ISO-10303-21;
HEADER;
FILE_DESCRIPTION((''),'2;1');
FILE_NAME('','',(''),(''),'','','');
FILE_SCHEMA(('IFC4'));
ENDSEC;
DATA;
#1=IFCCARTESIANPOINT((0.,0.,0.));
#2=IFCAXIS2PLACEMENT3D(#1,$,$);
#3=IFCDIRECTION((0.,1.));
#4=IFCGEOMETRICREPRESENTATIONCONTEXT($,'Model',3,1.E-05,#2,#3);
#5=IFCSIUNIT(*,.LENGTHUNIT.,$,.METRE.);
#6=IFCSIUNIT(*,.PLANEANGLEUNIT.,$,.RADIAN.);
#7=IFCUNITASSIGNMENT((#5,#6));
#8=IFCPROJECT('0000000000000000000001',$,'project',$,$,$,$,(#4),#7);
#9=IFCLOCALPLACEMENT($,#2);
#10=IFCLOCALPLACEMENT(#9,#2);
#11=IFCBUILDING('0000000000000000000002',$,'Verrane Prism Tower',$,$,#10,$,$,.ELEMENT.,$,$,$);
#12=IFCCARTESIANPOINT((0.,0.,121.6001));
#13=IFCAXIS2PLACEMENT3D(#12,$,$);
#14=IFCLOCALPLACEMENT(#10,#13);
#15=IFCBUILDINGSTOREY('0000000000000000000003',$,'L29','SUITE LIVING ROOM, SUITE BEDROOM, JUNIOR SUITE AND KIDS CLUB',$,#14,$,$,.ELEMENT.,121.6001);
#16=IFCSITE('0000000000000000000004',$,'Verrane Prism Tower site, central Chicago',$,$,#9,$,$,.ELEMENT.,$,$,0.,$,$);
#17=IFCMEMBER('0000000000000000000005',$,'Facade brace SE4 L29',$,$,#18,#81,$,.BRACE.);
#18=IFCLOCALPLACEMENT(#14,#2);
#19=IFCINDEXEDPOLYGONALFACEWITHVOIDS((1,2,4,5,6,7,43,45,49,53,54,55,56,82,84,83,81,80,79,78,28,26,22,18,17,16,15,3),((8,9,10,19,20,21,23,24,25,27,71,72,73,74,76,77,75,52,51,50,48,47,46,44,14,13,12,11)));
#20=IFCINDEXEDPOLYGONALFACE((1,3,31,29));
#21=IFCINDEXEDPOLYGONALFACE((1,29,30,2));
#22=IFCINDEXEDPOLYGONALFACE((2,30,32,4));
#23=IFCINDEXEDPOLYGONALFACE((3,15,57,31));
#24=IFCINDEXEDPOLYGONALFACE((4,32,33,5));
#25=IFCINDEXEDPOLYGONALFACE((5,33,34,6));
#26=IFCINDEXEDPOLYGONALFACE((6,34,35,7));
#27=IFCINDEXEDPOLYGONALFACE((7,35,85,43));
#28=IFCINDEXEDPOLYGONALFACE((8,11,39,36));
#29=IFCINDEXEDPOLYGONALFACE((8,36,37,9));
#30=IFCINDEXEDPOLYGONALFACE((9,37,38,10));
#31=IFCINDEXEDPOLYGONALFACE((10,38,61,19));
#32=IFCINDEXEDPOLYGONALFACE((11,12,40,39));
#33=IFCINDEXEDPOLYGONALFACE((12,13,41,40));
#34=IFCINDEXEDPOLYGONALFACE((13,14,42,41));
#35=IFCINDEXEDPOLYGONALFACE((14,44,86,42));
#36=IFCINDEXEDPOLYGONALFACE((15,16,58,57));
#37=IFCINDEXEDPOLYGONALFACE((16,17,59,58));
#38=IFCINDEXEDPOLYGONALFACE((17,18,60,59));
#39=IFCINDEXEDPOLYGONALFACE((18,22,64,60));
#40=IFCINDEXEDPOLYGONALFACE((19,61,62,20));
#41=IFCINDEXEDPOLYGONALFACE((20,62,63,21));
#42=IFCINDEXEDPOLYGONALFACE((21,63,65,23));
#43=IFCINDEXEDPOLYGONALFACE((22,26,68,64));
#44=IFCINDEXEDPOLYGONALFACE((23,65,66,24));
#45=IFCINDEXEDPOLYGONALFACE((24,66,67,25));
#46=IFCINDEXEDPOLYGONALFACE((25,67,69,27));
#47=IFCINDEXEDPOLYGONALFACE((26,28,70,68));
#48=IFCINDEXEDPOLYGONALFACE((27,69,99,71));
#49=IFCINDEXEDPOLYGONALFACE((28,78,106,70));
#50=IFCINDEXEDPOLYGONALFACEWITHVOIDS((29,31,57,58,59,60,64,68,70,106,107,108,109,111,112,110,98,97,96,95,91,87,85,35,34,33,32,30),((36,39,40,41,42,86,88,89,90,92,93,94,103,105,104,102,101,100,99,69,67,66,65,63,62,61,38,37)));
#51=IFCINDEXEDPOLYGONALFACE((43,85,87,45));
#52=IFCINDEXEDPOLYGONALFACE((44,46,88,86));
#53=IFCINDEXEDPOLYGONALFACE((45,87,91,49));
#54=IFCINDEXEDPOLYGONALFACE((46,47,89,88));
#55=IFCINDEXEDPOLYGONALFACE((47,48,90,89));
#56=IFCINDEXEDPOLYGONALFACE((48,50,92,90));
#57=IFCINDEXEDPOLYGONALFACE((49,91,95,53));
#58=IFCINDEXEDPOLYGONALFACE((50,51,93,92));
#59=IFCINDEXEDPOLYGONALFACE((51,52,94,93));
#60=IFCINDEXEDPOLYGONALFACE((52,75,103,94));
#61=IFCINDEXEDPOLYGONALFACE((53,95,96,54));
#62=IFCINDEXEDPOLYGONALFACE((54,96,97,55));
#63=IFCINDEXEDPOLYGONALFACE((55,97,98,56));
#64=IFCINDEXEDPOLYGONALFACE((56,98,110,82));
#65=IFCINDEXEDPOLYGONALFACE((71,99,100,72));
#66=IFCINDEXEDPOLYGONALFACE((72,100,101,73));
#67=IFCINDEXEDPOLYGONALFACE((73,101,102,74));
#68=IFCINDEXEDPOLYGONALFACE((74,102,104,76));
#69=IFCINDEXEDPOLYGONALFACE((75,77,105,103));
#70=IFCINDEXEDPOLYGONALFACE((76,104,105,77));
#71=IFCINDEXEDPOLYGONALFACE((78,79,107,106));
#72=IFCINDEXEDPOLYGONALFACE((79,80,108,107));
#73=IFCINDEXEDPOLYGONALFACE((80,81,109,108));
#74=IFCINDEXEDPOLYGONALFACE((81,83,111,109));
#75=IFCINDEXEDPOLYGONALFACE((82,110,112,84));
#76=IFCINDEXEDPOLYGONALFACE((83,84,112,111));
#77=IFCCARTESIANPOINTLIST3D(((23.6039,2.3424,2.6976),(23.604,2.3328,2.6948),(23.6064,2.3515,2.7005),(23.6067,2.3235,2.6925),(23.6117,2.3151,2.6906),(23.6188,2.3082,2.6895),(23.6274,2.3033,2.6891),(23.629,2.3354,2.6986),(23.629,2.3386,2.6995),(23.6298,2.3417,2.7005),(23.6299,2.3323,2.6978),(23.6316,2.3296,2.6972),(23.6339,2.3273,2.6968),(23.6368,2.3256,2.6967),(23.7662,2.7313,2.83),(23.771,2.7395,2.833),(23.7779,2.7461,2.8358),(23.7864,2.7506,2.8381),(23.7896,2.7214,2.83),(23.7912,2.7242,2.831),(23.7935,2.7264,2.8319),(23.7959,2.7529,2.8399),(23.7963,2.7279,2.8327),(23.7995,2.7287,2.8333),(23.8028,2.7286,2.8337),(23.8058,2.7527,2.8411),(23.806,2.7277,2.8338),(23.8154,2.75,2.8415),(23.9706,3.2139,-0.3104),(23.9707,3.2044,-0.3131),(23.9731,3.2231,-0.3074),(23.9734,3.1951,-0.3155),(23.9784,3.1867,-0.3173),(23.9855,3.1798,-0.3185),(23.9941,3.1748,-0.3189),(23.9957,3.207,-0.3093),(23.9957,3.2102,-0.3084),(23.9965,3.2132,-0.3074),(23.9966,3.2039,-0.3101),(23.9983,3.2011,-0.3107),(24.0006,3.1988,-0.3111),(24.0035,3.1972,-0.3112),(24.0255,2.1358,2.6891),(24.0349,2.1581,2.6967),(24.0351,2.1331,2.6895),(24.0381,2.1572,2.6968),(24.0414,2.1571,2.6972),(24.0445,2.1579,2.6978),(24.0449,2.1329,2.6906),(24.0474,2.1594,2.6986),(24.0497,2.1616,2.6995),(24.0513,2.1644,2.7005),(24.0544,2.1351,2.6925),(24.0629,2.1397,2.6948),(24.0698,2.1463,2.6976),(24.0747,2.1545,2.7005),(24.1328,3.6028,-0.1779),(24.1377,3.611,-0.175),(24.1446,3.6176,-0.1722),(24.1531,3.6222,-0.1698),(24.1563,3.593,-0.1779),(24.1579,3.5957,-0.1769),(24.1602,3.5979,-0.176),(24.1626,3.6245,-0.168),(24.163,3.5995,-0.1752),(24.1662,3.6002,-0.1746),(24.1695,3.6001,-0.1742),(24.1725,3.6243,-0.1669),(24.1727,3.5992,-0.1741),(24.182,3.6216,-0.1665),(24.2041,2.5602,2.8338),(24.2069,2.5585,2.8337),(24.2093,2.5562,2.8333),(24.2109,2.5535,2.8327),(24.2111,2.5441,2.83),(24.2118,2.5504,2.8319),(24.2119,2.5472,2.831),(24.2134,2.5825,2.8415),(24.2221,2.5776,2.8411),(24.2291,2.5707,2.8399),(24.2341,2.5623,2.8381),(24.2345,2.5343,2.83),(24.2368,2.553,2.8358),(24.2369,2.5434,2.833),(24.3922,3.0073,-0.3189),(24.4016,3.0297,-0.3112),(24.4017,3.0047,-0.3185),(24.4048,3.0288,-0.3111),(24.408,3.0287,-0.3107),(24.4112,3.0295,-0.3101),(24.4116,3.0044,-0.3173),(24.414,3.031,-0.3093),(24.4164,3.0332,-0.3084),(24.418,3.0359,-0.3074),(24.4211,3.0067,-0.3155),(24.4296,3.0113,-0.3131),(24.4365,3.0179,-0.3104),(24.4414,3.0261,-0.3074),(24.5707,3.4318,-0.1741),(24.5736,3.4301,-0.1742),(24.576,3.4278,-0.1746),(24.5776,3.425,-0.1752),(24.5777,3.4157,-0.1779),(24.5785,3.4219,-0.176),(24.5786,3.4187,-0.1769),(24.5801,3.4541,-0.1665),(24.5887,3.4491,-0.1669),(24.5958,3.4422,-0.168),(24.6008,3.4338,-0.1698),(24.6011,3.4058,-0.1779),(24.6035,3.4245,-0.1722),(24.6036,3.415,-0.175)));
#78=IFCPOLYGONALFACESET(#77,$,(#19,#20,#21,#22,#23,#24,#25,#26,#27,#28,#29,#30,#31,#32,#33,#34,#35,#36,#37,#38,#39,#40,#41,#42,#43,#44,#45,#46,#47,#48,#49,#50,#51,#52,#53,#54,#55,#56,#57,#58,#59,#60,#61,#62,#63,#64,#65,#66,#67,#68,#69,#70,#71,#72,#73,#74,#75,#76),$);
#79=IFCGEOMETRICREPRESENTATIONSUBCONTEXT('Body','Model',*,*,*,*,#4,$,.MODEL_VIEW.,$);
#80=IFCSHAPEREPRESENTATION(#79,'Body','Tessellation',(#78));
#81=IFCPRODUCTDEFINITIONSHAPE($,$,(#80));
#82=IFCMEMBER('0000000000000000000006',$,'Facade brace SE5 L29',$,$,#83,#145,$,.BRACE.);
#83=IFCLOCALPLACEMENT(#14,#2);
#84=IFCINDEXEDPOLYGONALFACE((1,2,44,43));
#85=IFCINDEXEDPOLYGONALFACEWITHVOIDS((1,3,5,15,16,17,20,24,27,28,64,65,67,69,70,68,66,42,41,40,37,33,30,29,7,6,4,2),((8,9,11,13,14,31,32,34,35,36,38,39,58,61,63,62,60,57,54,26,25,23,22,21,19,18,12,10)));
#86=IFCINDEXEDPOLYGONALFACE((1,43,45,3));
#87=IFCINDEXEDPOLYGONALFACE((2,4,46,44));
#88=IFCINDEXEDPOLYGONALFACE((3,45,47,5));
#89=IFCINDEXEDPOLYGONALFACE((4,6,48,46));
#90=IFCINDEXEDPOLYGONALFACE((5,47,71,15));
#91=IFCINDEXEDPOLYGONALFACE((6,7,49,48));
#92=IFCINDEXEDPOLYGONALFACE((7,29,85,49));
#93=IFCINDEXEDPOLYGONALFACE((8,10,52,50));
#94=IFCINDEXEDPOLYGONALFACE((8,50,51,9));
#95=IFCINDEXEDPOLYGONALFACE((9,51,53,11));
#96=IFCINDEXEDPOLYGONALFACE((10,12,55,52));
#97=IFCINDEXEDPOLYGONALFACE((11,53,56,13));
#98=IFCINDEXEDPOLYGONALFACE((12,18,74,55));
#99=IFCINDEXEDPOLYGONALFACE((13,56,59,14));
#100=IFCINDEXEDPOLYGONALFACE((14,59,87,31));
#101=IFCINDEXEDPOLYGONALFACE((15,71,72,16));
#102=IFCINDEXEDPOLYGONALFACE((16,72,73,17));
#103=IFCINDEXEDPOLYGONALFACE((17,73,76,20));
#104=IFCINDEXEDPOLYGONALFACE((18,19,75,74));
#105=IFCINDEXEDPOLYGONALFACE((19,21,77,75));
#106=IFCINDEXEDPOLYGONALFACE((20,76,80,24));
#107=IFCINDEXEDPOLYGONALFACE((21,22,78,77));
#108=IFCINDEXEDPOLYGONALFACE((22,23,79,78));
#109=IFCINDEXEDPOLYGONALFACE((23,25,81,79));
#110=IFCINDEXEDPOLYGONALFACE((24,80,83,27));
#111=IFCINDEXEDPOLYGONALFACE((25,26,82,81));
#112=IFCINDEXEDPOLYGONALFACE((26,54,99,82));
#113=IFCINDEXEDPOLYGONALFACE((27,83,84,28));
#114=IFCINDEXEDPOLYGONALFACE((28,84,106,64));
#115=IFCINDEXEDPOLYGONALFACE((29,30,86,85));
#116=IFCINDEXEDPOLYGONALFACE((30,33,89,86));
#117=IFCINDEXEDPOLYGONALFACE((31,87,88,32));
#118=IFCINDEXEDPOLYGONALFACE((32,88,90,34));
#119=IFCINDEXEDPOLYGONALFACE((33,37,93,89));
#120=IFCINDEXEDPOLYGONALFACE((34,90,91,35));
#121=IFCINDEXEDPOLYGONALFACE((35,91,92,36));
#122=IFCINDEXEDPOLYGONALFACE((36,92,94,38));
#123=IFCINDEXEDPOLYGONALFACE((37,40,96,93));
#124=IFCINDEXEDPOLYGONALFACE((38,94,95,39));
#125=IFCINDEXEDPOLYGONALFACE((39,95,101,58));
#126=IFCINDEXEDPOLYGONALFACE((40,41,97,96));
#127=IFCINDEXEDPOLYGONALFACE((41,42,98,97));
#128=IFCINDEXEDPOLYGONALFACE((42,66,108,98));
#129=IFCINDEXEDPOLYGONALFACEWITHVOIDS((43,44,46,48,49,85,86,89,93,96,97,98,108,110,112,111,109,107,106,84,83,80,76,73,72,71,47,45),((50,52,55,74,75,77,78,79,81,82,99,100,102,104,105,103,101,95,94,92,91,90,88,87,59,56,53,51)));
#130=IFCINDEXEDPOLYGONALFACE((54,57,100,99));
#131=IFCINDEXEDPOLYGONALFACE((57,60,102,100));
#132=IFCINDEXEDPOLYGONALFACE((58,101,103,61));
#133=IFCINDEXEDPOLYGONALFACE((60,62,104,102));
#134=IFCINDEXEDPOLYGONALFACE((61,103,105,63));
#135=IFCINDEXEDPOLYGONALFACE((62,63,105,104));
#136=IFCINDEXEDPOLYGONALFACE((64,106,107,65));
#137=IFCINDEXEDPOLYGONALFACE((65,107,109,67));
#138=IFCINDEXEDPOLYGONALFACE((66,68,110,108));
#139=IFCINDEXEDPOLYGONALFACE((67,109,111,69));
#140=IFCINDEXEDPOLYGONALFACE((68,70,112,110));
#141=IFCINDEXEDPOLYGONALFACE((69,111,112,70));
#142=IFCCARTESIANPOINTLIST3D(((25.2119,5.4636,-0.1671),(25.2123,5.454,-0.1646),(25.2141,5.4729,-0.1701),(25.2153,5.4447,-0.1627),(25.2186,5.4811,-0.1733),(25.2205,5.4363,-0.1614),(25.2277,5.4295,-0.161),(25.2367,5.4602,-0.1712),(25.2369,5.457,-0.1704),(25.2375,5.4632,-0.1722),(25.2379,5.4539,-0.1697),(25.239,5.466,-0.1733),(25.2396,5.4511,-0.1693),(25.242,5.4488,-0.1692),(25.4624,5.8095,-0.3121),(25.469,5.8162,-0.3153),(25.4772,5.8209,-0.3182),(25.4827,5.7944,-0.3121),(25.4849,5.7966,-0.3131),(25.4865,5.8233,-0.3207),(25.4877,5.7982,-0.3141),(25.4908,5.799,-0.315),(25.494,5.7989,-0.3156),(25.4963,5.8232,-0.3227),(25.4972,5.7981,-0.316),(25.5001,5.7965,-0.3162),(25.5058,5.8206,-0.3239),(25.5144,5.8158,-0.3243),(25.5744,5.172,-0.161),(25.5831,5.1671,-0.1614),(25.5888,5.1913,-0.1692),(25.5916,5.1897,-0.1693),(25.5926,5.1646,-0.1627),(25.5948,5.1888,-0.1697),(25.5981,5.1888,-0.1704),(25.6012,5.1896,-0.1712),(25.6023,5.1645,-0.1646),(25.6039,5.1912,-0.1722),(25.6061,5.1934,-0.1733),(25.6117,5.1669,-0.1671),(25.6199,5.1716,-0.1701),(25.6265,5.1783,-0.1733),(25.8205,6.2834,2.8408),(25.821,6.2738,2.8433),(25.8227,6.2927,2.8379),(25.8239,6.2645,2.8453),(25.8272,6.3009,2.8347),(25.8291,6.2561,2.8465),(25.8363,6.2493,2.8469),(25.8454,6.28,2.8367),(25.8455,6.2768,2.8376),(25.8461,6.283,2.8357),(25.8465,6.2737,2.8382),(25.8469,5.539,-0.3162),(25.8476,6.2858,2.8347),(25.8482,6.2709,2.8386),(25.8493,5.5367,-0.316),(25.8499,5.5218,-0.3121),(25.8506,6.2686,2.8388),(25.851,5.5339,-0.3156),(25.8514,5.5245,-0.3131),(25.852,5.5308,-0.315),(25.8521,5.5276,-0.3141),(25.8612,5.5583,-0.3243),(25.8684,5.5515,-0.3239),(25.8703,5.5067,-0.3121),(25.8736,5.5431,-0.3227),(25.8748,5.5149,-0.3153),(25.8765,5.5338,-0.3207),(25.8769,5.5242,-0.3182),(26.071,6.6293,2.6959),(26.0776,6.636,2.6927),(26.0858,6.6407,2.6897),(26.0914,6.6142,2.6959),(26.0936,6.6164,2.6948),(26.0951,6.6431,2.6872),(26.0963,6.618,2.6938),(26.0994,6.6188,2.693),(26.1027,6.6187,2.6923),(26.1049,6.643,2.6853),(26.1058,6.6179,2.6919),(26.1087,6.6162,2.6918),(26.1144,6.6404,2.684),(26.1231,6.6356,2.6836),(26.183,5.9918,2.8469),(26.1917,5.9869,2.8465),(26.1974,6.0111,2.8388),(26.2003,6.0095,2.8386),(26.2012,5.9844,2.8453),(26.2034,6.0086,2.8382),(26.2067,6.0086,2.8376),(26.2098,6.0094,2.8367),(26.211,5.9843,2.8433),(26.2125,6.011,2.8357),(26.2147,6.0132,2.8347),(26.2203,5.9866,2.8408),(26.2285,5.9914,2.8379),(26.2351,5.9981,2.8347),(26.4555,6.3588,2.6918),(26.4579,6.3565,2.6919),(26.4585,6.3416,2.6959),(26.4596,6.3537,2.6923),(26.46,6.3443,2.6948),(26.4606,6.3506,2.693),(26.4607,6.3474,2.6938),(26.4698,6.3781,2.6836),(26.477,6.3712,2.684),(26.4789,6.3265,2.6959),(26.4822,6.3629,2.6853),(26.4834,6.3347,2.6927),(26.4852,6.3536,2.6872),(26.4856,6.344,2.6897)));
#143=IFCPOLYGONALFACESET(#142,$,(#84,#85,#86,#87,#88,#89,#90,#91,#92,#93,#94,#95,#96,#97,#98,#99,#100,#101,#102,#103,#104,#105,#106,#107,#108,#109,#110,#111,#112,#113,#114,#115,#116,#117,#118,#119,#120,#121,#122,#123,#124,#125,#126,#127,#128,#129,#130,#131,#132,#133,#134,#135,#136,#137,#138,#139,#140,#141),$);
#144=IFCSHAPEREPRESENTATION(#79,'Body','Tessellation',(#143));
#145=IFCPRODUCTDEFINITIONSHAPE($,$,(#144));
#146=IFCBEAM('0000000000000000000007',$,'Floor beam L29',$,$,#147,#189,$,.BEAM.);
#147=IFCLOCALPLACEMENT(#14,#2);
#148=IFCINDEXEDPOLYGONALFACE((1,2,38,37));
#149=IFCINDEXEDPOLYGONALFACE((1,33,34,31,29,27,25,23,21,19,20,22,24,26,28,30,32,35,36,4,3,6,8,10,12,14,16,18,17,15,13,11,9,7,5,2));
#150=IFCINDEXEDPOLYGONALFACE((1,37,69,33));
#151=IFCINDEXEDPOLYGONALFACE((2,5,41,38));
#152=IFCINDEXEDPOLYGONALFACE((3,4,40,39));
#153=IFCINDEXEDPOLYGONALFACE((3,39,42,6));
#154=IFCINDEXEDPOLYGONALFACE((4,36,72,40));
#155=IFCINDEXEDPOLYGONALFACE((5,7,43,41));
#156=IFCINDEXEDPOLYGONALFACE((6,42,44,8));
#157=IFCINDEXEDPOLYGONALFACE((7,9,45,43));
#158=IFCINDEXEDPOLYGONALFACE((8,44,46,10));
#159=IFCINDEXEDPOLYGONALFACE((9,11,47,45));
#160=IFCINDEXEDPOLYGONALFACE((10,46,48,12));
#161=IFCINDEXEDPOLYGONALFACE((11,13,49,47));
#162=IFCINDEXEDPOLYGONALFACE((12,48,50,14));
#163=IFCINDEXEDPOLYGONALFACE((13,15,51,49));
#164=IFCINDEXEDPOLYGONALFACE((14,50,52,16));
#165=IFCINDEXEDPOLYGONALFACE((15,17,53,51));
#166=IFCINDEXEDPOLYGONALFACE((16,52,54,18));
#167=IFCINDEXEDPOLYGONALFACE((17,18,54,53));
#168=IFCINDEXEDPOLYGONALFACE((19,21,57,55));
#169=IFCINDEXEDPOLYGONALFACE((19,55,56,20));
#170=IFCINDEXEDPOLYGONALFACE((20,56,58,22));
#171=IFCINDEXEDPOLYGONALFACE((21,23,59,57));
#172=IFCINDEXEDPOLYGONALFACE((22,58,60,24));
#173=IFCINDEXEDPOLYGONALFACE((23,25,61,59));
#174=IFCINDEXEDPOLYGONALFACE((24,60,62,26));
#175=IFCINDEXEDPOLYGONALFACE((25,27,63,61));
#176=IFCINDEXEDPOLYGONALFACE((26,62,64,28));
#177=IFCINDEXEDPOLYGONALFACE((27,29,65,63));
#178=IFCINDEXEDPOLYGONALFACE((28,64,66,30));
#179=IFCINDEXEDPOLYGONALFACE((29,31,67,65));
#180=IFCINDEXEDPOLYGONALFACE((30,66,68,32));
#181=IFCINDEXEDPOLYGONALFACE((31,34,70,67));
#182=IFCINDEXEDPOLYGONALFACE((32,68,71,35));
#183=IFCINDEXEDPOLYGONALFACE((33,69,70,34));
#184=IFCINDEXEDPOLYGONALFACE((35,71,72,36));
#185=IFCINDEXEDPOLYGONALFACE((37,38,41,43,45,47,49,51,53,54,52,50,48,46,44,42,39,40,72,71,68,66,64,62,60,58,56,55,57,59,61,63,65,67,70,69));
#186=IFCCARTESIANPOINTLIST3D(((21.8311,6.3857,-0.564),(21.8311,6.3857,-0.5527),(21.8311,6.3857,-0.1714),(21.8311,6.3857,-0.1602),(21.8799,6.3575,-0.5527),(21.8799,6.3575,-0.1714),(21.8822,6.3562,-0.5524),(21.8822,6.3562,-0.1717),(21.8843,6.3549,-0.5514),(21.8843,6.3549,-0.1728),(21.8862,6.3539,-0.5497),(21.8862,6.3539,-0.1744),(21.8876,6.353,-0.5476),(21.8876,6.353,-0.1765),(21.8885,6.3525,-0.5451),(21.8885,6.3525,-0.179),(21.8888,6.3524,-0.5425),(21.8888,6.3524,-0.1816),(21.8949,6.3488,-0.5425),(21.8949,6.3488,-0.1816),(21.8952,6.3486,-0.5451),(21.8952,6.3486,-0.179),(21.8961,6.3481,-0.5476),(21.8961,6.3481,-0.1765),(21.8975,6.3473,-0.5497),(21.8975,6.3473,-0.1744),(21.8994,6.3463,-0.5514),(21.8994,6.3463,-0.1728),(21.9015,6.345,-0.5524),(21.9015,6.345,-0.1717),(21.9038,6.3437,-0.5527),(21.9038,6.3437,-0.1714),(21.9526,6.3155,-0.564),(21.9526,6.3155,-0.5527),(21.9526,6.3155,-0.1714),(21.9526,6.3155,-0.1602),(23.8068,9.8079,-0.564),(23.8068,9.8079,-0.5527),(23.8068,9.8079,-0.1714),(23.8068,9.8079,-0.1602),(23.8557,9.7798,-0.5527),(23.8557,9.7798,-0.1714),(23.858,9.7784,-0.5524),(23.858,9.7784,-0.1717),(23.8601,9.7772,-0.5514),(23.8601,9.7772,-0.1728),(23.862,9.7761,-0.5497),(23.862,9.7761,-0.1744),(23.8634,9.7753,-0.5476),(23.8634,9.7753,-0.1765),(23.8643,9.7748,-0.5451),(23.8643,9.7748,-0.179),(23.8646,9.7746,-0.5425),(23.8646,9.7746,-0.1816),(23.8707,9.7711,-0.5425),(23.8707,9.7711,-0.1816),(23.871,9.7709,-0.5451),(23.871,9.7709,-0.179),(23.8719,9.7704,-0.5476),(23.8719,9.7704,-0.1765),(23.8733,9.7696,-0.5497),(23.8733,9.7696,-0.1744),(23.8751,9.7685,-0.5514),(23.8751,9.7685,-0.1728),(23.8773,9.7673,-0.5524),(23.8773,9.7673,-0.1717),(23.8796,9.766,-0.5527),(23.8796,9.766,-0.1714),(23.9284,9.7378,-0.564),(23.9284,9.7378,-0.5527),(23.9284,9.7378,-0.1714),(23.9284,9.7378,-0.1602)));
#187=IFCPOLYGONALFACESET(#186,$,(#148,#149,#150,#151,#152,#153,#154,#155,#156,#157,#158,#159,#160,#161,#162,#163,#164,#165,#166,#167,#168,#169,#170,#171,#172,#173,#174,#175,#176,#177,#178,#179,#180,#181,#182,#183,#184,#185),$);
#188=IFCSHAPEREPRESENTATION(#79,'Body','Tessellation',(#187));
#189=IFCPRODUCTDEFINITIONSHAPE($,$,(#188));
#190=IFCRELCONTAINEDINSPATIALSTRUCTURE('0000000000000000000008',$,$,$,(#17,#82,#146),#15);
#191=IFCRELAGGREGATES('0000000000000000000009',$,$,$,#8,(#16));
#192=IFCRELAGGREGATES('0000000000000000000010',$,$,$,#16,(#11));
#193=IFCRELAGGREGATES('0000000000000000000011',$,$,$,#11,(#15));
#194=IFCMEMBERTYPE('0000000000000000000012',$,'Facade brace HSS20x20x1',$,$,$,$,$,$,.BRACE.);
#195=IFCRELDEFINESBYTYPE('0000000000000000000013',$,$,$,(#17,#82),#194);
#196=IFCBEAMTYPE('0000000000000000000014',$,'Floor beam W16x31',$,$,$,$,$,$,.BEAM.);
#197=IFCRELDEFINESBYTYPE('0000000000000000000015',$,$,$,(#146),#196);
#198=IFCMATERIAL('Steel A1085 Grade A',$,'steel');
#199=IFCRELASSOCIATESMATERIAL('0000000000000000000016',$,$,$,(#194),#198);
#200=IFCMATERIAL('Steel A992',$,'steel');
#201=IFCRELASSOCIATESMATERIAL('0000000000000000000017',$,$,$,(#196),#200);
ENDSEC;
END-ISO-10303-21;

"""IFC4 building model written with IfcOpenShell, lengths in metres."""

from ifc_helpers import new_model, si_unit, direction, frame, origin, origin_2d, place, context, subcontext, project, spatial, hollow_rectangle, i_section, extrude, material, material_profile, profile_set, type_object, element, save


model = new_model("IFC4")

# Units and contexts
model_context = context("Model", 3, precision=1e-05, world=origin(), true_north=direction((0.0, 1.0)))
body_context = subcontext(model_context, "Body", "Model", "MODEL_VIEW")
ifc_project = project(units=[si_unit("LENGTHUNIT", "METRE"), si_unit("PLANEANGLEUNIT", "RADIAN")], contexts=[model_context])

# Site, building, storey
site_placement = place(None, origin())
site = spatial("IfcSite", under=ifc_project, at=site_placement, Name="Verrane Prism Tower site, central Chicago", CompositionType="ELEMENT", RefElevation=0.0)
building_placement = place(site_placement, origin())
building = spatial("IfcBuilding", under=site, at=building_placement, Name="Verrane Prism Tower", CompositionType="ELEMENT")
storey_placement = place(building_placement, frame((0.0, 0.0, 121.6001)))
storey = spatial("IfcBuildingStorey", under=building, at=storey_placement, Name="L29", Description="SUITE LIVING ROOM, SUITE BEDROOM, JUNIOR SUITE AND KIDS CLUB", CompositionType="ELEMENT", Elevation=121.6001)

# Members
ifc_material_1 = material(Name="Steel A1085 Grade A", Category="steel")
ifc_material_profile_1 = material_profile(ifc_material_1, hollow_rectangle(XDim=0.5081, YDim=0.5081, WallThickness=0.0254, InnerFilletRadius=0.0127, OuterFilletRadius=0.0381, at=origin_2d()), Name="HSS20x20x1")
ifc_profile_set_1 = profile_set([ifc_material_profile_1], Name="Steel A1085 Grade A")
member_type_1 = type_object("IfcMemberType", Name="Facade brace HSS20x20x1", PredefinedType="BRACE", material=ifc_profile_set_1)
member_1_placement = place(storey_placement, frame((24.2871, 3.3145, -0.2427), z_axis=(-0.116295, -0.276414, 0.953976), x_axis=(0.921742, -0.387803, 0.0)))
element("IfcMember", 1, at=member_1_placement, inside=storey, type_object=member_type_1, Name="Facade brace SE4 L29", PredefinedType="BRACE", context=body_context, shape_type="SweptSolid", body=[
    extrude(hollow_rectangle(XDim=0.5081, YDim=0.5081, WallThickness=0.0254, InnerFilletRadius=0.0127, OuterFilletRadius=0.0381, at=origin_2d()), origin(), (0.0, 0.0, 1.0), 3.1531),
])
member_2_placement = place(storey_placement, frame((25.5444, 5.4939, -0.2427), z_axis=(0.1916, 0.25808, 0.946934), x_axis=(-0.802917, 0.596091, 0.0)))
element("IfcMember", 2, at=member_2_placement, inside=storey, type_object=member_type_1, Name="Facade brace SE5 L29", PredefinedType="BRACE", context=body_context, shape_type="SweptSolid", body=[
    extrude(hollow_rectangle(XDim=0.5081, YDim=0.5081, WallThickness=0.0254, InnerFilletRadius=0.0127, OuterFilletRadius=0.0381, at=origin_2d()), origin(), (0.0, 0.0, 1.0), 3.1765),
])

# Beam
ifc_material_2 = material(Name="Steel A992", Category="steel")
ifc_material_profile_2 = material_profile(ifc_material_2, i_section(OverallWidth=0.1404, OverallDepth=0.4038, WebThickness=0.0071, FlangeThickness=0.0112, FilletRadius=0.0103, at=origin_2d()), Name="W16x31")
ifc_profile_set_2 = profile_set([ifc_material_profile_2], Name="Steel A992")
beam_type_1 = type_object("IfcBeamType", Name="Floor beam W16x31", PredefinedType="BEAM", material=ifc_profile_set_2)
beam_1_placement = place(storey_placement, frame((21.8918, 6.3506, -0.3621), z_axis=(0.499986, 0.866033, 0.0), x_axis=(-0.866033, 0.499986, 0.0)))
element("IfcBeam", 3, at=beam_1_placement, inside=storey, type_object=beam_type_1, Name="Floor beam L29", PredefinedType="BEAM", context=body_context, shape_type="SweptSolid", body=[
    extrude(i_section(OverallWidth=0.1404, OverallDepth=0.4038, WebThickness=0.0071, FlangeThickness=0.0112, FilletRadius=0.0103, at=origin_2d()), origin(), (0.0, 0.0, 1.0), 3.9517),
])

save(model, "model.ifc")
